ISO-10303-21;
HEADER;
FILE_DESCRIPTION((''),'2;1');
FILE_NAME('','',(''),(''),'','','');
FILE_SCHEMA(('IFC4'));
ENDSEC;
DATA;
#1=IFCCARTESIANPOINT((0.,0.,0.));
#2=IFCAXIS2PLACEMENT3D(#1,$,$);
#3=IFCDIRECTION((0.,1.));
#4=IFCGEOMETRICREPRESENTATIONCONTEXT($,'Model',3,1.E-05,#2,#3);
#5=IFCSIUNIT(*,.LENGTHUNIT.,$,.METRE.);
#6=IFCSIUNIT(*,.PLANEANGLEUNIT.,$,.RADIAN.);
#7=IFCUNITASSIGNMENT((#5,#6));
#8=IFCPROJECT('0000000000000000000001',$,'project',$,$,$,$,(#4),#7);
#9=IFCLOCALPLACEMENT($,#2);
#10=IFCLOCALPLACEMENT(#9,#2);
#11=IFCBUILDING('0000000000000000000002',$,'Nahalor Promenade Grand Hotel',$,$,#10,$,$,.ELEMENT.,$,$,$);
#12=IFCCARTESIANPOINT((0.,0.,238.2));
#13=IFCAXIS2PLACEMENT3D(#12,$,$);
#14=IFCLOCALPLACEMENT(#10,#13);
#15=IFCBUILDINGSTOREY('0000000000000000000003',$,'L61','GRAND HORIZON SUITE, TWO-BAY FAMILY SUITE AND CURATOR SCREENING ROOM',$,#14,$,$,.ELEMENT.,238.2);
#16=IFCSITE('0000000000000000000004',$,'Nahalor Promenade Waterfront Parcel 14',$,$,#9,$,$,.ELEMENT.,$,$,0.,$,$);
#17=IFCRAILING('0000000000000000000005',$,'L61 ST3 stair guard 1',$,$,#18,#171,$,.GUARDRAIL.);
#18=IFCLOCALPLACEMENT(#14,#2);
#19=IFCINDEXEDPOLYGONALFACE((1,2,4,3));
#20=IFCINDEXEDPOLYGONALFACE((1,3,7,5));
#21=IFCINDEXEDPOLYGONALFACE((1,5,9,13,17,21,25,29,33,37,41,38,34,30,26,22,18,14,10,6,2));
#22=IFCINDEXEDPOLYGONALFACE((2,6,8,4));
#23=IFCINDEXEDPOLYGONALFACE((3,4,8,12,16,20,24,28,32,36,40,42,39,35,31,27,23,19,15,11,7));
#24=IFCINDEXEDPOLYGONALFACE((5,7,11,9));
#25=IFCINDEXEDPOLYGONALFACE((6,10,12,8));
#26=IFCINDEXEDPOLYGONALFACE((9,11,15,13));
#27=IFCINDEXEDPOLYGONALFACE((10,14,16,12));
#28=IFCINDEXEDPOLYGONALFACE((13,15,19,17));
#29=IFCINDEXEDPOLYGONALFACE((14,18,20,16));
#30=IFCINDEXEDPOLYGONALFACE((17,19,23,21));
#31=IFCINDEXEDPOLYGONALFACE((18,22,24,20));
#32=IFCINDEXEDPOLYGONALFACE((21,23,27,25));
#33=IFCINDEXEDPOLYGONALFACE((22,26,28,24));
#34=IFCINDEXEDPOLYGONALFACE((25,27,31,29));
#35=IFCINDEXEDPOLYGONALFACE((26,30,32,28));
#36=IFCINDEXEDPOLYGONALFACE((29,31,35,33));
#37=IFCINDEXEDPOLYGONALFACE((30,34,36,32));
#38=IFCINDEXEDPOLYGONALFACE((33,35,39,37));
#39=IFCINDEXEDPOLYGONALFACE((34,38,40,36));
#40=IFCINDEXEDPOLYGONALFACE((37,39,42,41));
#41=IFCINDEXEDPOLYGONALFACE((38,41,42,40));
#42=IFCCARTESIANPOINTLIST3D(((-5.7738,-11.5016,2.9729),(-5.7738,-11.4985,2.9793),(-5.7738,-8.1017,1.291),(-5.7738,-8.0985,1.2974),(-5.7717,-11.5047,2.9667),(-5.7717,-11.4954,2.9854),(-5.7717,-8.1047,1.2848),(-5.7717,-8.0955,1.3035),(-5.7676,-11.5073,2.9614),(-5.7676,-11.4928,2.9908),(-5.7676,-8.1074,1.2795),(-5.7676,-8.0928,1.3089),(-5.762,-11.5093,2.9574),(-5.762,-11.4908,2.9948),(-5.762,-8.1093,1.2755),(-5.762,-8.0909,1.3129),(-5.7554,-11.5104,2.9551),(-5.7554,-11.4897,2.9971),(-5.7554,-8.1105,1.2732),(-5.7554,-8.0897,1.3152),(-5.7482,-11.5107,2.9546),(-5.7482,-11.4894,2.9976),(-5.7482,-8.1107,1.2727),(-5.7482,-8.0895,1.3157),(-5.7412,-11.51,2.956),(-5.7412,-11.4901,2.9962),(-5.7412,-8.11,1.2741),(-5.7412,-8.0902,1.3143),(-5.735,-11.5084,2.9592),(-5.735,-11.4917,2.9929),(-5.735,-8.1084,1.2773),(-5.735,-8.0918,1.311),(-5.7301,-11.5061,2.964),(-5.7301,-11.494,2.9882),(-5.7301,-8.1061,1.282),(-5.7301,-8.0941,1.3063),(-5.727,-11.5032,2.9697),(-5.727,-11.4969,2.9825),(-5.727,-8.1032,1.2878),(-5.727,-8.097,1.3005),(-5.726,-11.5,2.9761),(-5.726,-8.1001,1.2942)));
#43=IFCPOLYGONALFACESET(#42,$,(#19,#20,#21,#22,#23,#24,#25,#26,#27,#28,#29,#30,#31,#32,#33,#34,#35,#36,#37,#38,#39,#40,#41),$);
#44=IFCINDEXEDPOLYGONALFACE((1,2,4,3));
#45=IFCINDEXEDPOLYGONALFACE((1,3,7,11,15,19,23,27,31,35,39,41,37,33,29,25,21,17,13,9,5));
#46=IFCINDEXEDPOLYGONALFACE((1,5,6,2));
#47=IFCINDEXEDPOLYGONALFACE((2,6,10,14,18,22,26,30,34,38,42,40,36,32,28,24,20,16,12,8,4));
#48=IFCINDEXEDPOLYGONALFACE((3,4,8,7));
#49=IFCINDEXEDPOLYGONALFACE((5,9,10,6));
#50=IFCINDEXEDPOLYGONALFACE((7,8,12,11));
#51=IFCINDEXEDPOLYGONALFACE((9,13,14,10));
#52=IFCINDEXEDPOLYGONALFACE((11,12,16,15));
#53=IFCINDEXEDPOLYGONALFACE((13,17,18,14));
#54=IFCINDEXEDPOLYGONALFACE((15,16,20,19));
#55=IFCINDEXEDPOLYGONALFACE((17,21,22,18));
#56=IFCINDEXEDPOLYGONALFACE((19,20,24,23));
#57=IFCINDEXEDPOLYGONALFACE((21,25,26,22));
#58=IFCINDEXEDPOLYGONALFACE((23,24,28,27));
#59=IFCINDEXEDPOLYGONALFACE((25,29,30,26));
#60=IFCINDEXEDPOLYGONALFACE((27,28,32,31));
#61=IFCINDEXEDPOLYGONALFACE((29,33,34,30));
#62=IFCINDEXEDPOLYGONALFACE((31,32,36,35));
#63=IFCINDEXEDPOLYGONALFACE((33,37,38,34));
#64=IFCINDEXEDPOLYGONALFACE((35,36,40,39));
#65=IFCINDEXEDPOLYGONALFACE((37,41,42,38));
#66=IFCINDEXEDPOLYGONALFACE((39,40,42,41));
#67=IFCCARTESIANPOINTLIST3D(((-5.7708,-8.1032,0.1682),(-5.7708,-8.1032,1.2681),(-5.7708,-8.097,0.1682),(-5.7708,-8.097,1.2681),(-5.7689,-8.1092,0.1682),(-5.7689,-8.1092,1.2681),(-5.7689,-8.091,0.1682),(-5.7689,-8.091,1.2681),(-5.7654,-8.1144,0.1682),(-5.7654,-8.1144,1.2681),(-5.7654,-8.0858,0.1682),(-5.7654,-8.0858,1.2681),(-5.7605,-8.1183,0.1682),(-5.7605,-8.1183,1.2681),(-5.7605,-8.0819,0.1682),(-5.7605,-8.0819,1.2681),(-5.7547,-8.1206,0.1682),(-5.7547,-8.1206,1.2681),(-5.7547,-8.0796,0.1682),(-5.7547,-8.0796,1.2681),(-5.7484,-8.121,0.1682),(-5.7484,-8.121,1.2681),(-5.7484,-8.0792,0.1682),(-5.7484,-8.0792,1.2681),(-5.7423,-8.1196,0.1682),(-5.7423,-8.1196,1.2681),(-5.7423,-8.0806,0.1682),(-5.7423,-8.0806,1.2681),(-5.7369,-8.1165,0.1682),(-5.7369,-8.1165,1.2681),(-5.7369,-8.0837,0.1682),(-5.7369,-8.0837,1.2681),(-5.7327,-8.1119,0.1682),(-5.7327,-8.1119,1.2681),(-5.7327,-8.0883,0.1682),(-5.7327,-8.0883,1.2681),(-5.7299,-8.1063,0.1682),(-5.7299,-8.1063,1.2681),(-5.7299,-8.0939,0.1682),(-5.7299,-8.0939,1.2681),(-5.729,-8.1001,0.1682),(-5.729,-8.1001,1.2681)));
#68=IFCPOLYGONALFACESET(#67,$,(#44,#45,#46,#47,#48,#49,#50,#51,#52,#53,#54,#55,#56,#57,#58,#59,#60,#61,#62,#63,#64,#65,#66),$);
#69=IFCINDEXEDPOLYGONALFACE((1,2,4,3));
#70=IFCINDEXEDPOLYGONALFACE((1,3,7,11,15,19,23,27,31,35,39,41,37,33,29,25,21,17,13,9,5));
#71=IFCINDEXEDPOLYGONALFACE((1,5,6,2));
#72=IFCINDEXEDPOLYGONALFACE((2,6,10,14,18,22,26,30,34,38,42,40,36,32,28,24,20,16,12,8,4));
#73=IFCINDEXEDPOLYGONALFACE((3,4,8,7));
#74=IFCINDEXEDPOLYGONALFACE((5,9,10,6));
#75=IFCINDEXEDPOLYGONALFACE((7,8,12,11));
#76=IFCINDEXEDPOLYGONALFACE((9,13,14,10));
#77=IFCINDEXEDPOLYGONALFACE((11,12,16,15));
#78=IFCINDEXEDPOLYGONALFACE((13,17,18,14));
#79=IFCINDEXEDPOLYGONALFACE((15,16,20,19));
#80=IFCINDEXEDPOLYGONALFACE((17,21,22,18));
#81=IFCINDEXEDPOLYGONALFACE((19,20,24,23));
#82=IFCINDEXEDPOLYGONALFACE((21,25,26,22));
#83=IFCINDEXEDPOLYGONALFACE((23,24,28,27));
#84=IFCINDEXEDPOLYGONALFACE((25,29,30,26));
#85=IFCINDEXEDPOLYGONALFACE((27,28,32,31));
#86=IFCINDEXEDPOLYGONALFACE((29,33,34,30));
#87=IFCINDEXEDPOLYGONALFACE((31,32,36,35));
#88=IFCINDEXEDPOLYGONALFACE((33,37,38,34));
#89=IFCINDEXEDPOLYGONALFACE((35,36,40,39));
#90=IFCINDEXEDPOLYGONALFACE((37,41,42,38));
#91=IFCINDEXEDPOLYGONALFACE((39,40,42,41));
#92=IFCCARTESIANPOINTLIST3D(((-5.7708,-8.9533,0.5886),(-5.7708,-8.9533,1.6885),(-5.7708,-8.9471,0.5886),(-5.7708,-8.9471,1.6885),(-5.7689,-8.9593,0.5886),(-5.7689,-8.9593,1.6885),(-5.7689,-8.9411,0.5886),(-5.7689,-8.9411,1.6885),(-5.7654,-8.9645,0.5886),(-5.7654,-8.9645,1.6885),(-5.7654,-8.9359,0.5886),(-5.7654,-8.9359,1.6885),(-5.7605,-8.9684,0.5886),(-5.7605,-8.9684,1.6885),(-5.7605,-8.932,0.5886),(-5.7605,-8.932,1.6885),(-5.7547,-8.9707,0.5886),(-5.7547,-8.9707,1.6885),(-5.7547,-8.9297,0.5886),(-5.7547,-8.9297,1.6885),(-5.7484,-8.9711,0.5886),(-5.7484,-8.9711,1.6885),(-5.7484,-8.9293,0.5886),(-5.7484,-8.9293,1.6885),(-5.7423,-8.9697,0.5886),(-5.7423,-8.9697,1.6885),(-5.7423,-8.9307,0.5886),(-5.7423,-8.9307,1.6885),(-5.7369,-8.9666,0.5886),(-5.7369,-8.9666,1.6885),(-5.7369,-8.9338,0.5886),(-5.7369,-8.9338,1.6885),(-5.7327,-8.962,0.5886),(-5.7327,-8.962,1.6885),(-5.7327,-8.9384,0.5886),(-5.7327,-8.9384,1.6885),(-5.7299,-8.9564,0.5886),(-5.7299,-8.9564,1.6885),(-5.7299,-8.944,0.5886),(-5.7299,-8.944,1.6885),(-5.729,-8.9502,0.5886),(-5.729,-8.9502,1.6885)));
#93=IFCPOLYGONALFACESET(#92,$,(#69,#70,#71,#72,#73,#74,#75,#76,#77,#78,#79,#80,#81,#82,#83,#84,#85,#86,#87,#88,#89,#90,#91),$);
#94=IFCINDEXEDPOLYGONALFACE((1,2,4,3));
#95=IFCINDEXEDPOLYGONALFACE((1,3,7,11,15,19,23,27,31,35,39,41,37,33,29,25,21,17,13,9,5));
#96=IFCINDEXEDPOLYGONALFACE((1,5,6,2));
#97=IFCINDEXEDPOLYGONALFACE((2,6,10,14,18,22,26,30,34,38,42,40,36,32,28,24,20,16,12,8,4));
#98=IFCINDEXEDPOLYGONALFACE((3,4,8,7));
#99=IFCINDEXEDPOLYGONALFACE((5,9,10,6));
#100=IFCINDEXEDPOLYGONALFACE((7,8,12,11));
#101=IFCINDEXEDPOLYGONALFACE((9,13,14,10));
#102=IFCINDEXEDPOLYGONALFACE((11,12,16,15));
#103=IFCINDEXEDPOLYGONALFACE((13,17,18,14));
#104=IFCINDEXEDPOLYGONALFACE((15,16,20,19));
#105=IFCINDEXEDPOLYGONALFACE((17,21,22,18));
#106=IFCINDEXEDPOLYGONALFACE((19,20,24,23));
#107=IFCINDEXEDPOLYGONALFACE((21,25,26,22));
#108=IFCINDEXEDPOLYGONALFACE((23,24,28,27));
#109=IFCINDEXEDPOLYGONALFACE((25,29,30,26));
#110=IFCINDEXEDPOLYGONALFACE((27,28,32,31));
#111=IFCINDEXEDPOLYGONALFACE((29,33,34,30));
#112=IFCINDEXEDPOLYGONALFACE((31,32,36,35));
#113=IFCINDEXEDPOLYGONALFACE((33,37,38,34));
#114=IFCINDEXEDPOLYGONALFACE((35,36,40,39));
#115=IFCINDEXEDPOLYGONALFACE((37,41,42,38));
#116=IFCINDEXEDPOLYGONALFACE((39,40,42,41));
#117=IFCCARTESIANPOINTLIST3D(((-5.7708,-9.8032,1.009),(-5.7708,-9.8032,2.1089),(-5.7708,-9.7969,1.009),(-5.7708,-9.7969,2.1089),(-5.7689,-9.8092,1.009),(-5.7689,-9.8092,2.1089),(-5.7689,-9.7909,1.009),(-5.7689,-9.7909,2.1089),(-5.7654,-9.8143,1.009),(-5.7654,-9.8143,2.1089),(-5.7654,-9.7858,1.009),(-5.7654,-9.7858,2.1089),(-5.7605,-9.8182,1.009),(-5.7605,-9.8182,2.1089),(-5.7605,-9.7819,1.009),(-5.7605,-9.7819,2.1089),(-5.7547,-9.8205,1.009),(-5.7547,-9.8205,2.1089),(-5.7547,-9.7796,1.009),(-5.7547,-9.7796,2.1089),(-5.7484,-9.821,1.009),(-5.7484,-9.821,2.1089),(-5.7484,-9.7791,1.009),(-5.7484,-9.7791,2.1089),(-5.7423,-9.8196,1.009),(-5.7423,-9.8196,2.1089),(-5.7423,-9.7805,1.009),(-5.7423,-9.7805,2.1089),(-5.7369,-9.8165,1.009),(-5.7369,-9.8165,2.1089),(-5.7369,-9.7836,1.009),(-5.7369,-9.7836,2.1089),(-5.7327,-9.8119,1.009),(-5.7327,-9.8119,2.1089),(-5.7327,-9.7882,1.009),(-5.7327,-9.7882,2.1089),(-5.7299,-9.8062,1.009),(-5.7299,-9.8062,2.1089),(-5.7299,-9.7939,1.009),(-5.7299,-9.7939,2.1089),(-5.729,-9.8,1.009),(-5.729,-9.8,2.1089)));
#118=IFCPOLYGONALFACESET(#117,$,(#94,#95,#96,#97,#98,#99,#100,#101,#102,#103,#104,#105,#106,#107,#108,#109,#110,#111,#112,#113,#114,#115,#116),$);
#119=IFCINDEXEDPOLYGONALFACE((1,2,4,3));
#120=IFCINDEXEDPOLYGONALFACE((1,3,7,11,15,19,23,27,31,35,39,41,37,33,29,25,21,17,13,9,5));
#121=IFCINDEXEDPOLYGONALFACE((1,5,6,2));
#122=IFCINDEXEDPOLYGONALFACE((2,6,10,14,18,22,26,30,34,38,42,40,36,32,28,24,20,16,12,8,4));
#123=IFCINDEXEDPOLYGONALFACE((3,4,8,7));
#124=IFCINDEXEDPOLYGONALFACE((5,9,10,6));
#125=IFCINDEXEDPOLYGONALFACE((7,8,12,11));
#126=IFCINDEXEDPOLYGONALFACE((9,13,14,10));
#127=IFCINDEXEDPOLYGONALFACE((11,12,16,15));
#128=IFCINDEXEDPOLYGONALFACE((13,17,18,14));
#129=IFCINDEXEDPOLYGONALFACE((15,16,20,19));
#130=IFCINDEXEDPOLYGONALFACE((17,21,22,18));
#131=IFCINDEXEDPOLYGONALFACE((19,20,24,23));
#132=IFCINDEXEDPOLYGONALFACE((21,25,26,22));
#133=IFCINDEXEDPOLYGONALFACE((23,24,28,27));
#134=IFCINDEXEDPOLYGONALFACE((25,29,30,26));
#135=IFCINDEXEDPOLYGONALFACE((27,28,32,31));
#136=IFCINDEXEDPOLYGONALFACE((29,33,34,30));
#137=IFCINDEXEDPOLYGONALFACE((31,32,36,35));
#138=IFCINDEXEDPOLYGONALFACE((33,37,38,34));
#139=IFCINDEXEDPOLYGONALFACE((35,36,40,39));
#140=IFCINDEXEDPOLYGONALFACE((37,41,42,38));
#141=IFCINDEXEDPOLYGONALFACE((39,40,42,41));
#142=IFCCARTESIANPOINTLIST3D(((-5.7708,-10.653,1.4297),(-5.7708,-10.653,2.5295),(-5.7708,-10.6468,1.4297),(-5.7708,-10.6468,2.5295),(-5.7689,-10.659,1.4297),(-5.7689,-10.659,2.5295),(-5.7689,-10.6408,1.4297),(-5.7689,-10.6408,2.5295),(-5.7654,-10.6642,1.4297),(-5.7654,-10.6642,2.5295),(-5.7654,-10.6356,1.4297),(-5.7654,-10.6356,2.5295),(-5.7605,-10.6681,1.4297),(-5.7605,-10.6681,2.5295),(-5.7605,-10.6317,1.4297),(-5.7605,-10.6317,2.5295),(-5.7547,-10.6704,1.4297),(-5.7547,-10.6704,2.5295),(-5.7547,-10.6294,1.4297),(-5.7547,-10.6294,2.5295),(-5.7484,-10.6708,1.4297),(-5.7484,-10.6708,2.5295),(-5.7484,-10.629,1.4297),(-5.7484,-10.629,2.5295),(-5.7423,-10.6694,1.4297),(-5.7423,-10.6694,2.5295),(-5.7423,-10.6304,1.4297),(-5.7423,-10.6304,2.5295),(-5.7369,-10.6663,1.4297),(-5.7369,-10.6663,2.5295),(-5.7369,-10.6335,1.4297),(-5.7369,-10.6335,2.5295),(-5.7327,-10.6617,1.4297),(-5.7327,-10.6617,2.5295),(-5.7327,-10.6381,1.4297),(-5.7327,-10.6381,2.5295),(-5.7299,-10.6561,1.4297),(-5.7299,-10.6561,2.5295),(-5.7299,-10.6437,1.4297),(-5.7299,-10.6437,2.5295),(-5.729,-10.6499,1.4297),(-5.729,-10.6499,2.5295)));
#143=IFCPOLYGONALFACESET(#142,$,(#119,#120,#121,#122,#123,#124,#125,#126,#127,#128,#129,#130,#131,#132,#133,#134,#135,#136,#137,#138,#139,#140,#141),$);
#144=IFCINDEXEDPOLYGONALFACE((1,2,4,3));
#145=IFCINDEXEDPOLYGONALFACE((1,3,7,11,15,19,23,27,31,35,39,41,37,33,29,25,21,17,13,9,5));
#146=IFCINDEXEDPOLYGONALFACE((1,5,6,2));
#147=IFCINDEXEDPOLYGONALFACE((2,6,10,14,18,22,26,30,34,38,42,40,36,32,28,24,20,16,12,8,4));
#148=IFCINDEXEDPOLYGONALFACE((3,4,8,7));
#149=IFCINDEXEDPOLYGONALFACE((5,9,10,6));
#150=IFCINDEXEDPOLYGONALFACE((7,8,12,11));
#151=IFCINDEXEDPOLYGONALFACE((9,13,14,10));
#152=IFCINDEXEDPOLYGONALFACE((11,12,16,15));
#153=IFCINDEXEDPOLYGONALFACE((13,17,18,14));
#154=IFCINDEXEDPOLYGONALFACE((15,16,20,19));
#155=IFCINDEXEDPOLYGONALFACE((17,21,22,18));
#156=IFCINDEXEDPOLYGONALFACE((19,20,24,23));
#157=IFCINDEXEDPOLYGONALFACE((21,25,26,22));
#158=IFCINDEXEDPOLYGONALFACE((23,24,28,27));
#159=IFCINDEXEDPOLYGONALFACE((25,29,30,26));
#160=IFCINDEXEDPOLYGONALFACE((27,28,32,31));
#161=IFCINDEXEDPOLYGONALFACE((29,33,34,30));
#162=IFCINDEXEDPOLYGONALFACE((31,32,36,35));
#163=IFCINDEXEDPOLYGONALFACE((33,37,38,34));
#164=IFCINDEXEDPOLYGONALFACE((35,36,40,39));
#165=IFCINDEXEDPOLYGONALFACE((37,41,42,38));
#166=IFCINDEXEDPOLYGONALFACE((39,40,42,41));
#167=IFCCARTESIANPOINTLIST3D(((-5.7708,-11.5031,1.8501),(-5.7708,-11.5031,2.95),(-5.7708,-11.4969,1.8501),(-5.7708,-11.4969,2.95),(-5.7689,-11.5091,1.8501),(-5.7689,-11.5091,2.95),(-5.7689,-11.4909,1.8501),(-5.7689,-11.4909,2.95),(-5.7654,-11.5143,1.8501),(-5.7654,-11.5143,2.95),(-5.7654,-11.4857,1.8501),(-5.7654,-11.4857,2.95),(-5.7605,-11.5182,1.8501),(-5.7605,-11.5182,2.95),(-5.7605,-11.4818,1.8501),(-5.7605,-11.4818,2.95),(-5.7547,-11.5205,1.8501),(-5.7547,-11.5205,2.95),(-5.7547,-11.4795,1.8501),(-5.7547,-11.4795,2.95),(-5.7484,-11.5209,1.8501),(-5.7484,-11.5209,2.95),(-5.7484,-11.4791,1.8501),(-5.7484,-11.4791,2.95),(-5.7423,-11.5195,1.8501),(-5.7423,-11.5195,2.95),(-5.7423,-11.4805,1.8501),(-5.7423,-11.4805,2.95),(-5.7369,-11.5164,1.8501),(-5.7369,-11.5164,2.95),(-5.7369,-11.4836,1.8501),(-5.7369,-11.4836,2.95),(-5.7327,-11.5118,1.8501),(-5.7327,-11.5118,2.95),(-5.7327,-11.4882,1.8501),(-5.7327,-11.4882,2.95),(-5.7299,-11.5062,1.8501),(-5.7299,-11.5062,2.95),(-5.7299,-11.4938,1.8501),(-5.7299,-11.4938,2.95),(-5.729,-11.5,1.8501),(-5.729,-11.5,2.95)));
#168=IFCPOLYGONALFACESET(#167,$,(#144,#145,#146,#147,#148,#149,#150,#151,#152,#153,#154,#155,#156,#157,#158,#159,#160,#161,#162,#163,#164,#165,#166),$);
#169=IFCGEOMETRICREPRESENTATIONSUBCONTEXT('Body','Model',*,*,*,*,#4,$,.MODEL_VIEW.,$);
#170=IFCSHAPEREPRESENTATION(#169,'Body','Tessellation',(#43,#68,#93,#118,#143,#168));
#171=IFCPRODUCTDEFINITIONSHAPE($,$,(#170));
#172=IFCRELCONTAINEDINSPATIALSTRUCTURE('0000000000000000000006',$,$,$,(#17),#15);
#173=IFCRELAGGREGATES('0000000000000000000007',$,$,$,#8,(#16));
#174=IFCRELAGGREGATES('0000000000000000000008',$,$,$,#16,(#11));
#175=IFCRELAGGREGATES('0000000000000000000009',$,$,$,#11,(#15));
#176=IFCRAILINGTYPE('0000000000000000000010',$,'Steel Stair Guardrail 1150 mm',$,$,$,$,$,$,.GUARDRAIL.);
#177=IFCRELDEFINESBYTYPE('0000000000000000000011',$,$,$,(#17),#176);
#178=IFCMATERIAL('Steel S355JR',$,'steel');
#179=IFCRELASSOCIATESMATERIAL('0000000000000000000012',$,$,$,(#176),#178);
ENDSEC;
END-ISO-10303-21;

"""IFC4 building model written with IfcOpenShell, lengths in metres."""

from ifc_helpers import new_model, si_unit, direction, frame, origin, origin_2d, place, context, subcontext, project, spatial, circle, extrude, material, type_object, element, save


model = new_model("IFC4")

# Units and contexts
model_context = context("Model", 3, precision=1e-05, world=origin(), true_north=direction((0.0, 1.0)))
body_context = subcontext(model_context, "Body", "Model", "MODEL_VIEW")
ifc_project = project(units=[si_unit("LENGTHUNIT", "METRE"), si_unit("PLANEANGLEUNIT", "RADIAN")], contexts=[model_context])

# Site, building, storey
site_placement = place(None, origin())
site = spatial("IfcSite", under=ifc_project, at=site_placement, Name="Nahalor Promenade Waterfront Parcel 14", CompositionType="ELEMENT", RefElevation=0.0)
building_placement = place(site_placement, origin())
building = spatial("IfcBuilding", under=site, at=building_placement, Name="Nahalor Promenade Grand Hotel", CompositionType="ELEMENT")
storey_placement = place(building_placement, frame((0.0, 0.0, 238.2)))
storey = spatial("IfcBuildingStorey", under=building, at=storey_placement, Name="L61", Description="GRAND HORIZON SUITE, TWO-BAY FAMILY SUITE AND CURATOR SCREENING ROOM", CompositionType="ELEMENT", Elevation=238.2)

# Shared definitions
ifc_material_1 = material(Name="Steel S355JR", Category="steel")

# Railing
railing_type_1 = type_object("IfcRailingType", Name="Steel Stair Guardrail 1150 mm", PredefinedType="GUARDRAIL", material=ifc_material_1)
railing_1_placement = place(storey_placement, frame((-5.75, -8.1001, 0.1682)))
element("IfcRailing", 1, at=railing_1_placement, inside=storey, type_object=railing_type_1, Name="L61 ST3 stair guard 1", PredefinedType="GUARDRAIL", context=body_context, shape_type="SweptSolid", body=[
    extrude(circle(Radius=0.024, at=origin_2d()), frame((0.0, 0.0, 1.126), z_axis=(0.0, -0.896324, 0.443399), x_axis=(1.0, 0.0, 0.0)), (0.0, 0.0, 1.0), 3.7932),
    extrude(circle(Radius=0.021, at=origin_2d()), origin(), (0.0, 0.0, 1.0), 1.0999),
    extrude(circle(Radius=0.021, at=origin_2d()), frame((0.0, -0.8501, 0.4204)), (0.0, 0.0, 1.0), 1.0999),
    extrude(circle(Radius=0.021, at=origin_2d()), frame((0.0, -1.7, 0.8408)), (0.0, 0.0, 1.0), 1.0999),
    extrude(circle(Radius=0.021, at=origin_2d()), frame((0.0, -2.5498, 1.2615)), (0.0, 0.0, 1.0), 1.0999),
    extrude(circle(Radius=0.021, at=origin_2d()), frame((0.0, -3.3999, 1.6819)), (0.0, 0.0, 1.0), 1.0999),
])

save(model, "model.ifc")
